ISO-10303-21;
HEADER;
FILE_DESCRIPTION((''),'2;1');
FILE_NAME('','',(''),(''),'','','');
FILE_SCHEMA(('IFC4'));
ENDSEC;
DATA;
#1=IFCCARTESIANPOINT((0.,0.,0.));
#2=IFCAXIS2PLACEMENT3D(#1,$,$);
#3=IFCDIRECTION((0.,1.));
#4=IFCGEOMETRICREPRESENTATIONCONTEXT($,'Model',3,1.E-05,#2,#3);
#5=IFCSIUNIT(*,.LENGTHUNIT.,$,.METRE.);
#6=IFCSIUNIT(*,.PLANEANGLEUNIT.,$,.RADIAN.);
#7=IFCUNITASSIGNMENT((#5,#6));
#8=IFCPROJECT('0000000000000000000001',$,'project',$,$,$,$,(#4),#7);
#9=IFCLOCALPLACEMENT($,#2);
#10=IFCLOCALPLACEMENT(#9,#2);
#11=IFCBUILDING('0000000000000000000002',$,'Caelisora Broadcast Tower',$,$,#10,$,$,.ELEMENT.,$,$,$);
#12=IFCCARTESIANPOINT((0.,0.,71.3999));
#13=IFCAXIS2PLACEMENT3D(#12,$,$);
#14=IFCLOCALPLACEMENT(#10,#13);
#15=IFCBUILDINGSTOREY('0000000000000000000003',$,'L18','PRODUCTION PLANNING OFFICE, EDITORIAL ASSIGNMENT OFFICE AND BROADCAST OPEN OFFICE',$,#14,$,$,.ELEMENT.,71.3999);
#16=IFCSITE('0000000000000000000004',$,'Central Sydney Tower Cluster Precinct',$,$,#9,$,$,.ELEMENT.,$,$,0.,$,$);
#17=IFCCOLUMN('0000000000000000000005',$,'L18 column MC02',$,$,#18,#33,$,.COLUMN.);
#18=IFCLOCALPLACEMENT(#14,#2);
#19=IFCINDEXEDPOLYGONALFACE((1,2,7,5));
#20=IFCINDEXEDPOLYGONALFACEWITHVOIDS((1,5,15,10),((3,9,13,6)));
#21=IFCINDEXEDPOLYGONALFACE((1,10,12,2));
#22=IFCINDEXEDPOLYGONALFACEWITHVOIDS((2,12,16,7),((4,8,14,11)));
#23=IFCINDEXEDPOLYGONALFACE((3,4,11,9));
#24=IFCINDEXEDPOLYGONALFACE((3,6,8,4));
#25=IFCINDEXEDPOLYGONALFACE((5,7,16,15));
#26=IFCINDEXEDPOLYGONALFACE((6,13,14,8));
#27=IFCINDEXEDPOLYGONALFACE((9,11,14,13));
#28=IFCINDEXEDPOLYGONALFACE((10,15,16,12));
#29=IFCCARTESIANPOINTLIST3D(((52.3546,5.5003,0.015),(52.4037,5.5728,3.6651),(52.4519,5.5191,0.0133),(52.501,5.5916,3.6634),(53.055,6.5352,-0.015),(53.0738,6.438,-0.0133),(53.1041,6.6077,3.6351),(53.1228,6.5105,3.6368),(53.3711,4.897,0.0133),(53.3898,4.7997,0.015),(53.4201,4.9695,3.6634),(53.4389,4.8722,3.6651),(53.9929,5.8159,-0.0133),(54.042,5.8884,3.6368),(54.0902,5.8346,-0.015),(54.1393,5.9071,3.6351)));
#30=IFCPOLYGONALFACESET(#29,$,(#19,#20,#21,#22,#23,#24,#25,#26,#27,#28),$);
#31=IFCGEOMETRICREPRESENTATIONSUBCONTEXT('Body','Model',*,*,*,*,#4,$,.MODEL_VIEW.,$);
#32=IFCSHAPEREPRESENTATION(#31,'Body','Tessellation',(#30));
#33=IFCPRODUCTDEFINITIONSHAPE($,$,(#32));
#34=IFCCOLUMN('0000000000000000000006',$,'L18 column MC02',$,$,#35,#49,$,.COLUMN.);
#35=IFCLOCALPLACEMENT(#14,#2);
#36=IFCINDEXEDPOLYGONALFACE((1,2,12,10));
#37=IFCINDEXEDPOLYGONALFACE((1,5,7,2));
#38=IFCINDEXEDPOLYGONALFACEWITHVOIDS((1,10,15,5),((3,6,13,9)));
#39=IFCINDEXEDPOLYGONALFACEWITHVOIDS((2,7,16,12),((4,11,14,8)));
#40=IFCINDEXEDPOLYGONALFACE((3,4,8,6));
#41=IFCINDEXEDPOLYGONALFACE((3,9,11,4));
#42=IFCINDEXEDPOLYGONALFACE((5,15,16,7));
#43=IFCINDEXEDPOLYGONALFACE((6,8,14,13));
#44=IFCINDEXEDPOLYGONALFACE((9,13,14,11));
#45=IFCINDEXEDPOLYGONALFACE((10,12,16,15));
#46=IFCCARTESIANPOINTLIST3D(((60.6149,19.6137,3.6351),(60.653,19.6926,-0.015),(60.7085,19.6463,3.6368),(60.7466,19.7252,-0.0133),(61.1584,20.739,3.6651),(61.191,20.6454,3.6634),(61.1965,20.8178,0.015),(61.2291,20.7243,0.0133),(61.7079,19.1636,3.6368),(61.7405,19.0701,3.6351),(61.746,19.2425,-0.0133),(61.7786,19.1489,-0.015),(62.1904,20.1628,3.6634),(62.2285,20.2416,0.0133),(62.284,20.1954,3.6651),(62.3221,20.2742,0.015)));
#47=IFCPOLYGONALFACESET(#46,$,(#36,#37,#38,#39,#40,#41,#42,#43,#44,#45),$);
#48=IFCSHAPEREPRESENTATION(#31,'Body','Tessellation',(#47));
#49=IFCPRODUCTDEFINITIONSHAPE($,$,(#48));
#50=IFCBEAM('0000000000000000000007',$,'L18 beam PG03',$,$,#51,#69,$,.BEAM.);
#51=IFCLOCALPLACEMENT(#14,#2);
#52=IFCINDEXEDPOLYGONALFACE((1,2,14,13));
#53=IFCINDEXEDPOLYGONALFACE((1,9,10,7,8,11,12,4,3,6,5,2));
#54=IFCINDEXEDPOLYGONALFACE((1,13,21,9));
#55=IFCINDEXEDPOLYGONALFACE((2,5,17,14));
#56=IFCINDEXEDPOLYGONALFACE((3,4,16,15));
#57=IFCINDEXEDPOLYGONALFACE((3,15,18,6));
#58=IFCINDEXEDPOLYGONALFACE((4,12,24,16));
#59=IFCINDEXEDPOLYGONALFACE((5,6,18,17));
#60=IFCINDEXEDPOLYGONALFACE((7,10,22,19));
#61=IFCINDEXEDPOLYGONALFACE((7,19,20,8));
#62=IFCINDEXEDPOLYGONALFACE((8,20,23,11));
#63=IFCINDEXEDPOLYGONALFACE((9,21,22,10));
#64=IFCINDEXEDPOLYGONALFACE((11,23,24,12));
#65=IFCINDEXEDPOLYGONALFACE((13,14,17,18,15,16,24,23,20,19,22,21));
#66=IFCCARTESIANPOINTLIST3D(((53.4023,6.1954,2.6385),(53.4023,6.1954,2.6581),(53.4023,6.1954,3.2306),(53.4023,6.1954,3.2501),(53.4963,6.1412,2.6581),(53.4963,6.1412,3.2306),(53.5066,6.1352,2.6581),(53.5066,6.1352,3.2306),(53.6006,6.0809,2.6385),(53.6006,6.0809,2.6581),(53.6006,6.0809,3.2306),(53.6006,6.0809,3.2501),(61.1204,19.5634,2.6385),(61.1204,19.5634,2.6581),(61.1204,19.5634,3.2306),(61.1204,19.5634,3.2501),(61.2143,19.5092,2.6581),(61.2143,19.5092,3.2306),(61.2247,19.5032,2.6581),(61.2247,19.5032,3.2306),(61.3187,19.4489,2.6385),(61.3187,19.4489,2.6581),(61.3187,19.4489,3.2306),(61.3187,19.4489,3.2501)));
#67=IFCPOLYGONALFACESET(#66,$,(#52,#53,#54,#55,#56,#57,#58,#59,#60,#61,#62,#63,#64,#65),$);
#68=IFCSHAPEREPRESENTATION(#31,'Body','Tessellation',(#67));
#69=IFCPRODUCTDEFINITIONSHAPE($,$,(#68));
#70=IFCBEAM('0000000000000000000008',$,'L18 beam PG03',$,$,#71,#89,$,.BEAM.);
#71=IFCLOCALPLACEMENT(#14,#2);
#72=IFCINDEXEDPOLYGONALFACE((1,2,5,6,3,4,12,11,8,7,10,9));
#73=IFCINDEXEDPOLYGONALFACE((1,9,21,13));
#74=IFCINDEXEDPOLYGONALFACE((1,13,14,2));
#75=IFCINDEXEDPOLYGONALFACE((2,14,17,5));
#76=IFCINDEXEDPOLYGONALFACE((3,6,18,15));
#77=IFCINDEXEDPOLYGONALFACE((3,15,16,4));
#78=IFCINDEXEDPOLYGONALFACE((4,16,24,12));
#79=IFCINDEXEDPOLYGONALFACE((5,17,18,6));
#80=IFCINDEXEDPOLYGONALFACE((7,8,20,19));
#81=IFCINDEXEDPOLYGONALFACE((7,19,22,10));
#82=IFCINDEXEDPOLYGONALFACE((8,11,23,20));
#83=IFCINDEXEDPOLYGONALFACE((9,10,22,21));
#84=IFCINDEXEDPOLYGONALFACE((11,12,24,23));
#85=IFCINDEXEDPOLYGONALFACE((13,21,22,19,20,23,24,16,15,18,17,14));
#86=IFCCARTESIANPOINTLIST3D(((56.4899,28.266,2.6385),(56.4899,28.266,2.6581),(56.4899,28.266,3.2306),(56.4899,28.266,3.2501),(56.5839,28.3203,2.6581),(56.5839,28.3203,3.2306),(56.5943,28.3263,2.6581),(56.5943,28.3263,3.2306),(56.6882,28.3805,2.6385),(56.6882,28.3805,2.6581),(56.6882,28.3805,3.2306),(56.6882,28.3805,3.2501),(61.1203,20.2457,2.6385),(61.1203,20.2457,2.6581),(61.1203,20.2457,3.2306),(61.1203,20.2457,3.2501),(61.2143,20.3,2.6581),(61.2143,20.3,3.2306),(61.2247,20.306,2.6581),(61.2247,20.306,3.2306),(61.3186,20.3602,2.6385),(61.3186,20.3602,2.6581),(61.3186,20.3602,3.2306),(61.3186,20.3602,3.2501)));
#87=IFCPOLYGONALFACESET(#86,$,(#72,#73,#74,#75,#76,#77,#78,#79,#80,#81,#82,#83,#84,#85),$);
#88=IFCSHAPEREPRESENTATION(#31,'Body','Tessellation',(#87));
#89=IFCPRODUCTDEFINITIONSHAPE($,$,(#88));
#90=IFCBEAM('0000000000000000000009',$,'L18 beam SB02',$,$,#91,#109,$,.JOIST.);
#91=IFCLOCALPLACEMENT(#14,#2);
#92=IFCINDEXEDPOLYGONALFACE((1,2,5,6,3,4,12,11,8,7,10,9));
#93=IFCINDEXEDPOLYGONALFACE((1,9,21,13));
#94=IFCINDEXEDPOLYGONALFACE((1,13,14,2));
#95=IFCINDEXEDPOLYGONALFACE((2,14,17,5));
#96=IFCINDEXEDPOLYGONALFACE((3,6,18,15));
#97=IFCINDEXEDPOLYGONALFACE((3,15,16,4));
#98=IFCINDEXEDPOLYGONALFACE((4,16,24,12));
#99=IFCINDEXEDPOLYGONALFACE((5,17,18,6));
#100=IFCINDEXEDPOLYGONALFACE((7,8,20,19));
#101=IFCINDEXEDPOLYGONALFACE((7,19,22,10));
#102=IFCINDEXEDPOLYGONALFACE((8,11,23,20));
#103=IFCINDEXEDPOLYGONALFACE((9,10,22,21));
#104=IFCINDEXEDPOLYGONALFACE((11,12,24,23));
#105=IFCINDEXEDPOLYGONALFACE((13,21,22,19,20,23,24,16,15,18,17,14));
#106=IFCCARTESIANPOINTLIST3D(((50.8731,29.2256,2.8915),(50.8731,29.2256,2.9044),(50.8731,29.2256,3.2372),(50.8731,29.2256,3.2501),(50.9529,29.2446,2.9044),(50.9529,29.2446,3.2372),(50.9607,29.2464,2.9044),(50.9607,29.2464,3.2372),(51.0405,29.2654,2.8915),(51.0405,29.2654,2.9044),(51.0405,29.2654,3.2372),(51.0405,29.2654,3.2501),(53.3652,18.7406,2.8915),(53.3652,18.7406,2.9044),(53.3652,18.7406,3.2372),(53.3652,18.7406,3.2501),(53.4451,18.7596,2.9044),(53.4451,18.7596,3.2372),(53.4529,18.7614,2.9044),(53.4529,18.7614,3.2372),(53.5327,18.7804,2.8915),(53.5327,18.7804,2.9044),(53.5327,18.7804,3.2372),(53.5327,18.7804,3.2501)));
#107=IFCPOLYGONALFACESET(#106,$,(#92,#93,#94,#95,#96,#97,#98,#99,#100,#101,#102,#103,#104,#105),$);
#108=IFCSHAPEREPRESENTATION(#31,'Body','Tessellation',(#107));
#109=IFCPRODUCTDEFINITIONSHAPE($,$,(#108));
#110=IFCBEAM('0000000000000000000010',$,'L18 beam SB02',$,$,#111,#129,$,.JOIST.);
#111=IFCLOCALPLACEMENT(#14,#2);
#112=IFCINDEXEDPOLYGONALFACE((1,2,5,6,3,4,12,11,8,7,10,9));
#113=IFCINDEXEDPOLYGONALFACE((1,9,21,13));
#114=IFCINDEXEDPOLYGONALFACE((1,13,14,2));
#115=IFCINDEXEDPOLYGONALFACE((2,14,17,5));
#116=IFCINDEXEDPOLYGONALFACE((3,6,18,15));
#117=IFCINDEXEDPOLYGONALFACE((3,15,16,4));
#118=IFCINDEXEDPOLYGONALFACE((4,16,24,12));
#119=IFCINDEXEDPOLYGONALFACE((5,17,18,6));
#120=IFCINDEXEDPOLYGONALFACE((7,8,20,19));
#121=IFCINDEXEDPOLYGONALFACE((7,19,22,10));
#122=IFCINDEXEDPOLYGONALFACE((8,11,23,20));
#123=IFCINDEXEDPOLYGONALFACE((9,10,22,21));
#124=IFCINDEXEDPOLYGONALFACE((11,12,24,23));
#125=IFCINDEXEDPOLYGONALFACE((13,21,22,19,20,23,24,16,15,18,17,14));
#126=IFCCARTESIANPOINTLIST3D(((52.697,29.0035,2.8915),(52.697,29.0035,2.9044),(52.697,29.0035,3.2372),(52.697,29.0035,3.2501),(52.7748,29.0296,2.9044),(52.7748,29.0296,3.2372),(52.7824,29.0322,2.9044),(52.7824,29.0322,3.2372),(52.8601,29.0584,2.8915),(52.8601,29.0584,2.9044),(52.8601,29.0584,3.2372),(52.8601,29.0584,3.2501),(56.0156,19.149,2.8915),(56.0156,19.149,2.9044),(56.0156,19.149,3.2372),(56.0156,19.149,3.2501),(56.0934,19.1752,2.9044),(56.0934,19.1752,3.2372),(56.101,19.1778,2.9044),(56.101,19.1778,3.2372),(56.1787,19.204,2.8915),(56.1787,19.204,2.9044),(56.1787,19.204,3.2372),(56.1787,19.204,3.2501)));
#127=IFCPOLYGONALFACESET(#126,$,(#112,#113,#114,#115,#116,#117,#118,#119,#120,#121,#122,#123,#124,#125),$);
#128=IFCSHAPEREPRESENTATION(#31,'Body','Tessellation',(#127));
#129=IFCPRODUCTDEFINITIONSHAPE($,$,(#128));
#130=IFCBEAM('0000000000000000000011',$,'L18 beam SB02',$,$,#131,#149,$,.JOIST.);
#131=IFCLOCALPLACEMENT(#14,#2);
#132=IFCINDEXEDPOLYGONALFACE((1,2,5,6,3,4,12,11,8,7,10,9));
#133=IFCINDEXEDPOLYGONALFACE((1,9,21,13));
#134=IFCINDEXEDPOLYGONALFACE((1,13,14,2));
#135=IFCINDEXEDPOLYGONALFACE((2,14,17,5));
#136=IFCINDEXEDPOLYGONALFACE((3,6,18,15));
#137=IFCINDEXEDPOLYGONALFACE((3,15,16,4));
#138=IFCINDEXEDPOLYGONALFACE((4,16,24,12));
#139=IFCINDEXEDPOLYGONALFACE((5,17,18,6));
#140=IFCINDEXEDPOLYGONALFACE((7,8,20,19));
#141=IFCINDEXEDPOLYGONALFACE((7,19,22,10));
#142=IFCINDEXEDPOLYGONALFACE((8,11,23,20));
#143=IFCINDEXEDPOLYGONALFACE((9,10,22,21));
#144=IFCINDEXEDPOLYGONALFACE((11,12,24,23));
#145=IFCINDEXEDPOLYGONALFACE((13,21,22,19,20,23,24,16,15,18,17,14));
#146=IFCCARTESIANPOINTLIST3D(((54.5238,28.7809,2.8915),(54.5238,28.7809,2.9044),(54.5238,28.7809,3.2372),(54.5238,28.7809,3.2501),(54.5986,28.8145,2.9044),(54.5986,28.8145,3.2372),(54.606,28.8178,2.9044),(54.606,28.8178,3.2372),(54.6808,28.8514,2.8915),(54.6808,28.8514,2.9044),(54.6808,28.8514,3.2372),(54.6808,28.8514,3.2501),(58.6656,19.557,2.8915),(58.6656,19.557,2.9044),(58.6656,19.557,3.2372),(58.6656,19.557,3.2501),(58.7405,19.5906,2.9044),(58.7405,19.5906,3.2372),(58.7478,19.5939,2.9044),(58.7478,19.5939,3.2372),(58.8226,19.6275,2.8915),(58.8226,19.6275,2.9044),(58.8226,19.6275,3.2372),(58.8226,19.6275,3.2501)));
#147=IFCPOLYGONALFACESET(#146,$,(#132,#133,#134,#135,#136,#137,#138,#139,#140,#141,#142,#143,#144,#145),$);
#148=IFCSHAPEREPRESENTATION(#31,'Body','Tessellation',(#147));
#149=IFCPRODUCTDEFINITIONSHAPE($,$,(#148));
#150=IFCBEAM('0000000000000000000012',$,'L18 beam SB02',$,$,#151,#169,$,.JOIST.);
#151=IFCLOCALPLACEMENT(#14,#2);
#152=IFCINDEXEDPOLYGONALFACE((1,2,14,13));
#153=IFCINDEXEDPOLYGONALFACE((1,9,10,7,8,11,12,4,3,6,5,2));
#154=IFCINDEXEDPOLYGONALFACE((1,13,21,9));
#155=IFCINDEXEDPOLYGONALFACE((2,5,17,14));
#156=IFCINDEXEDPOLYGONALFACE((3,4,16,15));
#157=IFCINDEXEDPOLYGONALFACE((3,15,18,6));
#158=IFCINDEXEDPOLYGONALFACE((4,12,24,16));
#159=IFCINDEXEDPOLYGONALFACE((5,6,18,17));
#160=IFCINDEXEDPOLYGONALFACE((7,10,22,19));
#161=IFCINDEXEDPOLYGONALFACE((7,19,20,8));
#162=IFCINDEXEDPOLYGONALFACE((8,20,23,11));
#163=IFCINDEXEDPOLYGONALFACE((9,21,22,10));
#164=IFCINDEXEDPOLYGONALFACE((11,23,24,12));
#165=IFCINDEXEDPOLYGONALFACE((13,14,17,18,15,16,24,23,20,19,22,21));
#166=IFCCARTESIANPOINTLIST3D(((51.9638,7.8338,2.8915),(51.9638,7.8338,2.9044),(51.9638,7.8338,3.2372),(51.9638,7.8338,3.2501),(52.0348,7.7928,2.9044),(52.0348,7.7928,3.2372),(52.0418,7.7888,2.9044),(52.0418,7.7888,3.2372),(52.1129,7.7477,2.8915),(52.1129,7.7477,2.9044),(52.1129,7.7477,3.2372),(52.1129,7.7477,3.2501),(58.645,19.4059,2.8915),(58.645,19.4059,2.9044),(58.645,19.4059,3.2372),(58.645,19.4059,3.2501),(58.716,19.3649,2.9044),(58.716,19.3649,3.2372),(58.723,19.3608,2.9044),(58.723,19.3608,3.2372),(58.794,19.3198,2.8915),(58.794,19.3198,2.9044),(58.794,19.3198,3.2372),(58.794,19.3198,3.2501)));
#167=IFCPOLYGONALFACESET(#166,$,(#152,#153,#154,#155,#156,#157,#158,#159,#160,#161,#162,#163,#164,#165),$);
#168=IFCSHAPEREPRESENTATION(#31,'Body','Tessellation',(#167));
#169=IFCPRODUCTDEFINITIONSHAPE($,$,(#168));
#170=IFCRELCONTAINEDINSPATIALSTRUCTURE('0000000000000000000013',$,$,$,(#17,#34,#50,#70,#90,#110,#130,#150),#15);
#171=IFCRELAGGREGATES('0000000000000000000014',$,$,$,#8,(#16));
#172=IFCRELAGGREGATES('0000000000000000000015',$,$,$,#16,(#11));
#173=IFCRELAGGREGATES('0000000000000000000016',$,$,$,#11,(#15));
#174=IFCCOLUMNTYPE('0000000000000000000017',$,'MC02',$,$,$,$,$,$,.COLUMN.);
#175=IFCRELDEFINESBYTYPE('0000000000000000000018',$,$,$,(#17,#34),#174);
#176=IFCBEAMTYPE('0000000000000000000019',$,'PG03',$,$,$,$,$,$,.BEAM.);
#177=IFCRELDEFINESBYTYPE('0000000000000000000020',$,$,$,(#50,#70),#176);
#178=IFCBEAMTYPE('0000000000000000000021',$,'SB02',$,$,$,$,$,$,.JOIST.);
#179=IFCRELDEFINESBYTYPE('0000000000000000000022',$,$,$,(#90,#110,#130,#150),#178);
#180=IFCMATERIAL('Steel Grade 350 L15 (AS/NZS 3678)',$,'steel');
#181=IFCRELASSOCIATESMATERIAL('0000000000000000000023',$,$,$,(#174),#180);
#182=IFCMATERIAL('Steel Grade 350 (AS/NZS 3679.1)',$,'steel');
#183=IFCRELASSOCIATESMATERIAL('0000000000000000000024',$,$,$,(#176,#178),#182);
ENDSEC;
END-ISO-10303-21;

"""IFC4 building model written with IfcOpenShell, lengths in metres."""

from ifc_helpers import new_model, si_unit, direction, frame, origin, origin_2d, place, context, subcontext, project, spatial, hollow_rectangle, i_section, extrude, source, transform, mapped, material, material_profile, profile_set, type_object, type_shapes, element, save


model = new_model("IFC4")

# Units and contexts
model_context = context("Model", 3, precision=1e-05, world=origin(), true_north=direction((0.0, 1.0)))
body_context = subcontext(model_context, "Body", "Model", "MODEL_VIEW")
ifc_project = project(units=[si_unit("LENGTHUNIT", "METRE"), si_unit("PLANEANGLEUNIT", "RADIAN")], contexts=[model_context])

# Site, building, storey
site_placement = place(None, origin())
site = spatial("IfcSite", under=ifc_project, at=site_placement, Name="Central Sydney Tower Cluster Precinct", CompositionType="ELEMENT", RefElevation=0.0)
building_placement = place(site_placement, origin())
building = spatial("IfcBuilding", under=site, at=building_placement, Name="Caelisora Broadcast Tower", CompositionType="ELEMENT")
storey_placement = place(building_placement, frame((0.0, 0.0, 71.3999)))
storey = spatial("IfcBuildingStorey", under=building, at=storey_placement, Name="L18", Description="PRODUCTION PLANNING OFFICE, EDITORIAL ASSIGNMENT OFFICE AND BROADCAST OPEN OFFICE", CompositionType="ELEMENT", Elevation=71.3999)

# Columns
ifc_material_1 = material(Name="Steel Grade 350 L15 (AS/NZS 3678)", Category="steel")
ifc_material_profile_1 = material_profile(ifc_material_1, hollow_rectangle(XDim=1.25, YDim=1.25, WallThickness=0.0701, at=origin_2d()), Name="Steel Grade 350 L15 (AS/NZS 3678)")
ifc_profile_set_1 = profile_set([ifc_material_profile_1], Name="Steel Grade 350 L15 (AS/NZS 3678)")
column_type = type_object("IfcColumnType", Name="MC02", PredefinedType="COLUMN", material=ifc_profile_set_1)
shared_shape_1 = source(origin(), body_context, "Body", "SweptSolid", [
    extrude(hollow_rectangle(XDim=1.25, YDim=1.25, WallThickness=0.0701, at=origin_2d()), origin(), (0.0, 0.0, 1.0), 3.6511),
])
type_shapes(column_type, [shared_shape_1])
for number, where, z_axis, x_axis, name in (
    (1, (53.2224, 5.6675, 0.0), (0.01344, 0.019859, 0.999712), (-0.828169, 0.560478, 0.0), "L18 column MC02"),
    (2, (61.4875, 19.9834, 0.0), (-0.010431, -0.021598, 0.999712), (0.900476, -0.434905, 0.0), "L18 column MC02"),
):
    element("IfcColumn", number, at=place(storey_placement, frame(where, z_axis=z_axis, x_axis=x_axis)), inside=storey, type_object=column_type, Name=name, PredefinedType="COLUMN", context=body_context, shape_type="MappedRepresentation", body=[
        mapped(shared_shape_1, transform((0.0, 0.0, 0.0), scale=1.0)),
    ])

# Beams
ifc_material_2 = material(Name="Steel Grade 350 (AS/NZS 3679.1)", Category="steel")
ifc_material_profile_2 = material_profile(ifc_material_2, i_section(OverallWidth=0.229, OverallDepth=0.6116, WebThickness=0.012, FlangeThickness=0.0195, at=origin_2d()), Name="Steel Grade 350 (AS/NZS 3679.1)")
ifc_profile_set_2 = profile_set([ifc_material_profile_2], Name="Steel Grade 350 (AS/NZS 3679.1)")
beam_type_1 = type_object("IfcBeamType", Name="PG03", PredefinedType="BEAM", material=ifc_profile_set_2)
shared_shape_2 = source(origin(), body_context, "Body", "SweptSolid", [
    extrude(i_section(OverallWidth=0.229, OverallDepth=0.6116, WebThickness=0.012, FlangeThickness=0.0195, at=origin_2d()), origin(), (0.0, 0.0, 1.0), 15.436),
])
beam_1_placement = place(storey_placement, frame((53.5015, 6.1382, 2.9443), z_axis=(0.500002, 0.866024, 0.0), x_axis=(-0.866024, 0.500002, 0.0)))
element("IfcBeam", 3, at=beam_1_placement, inside=storey, type_object=beam_type_1, Name="L18 beam PG03", PredefinedType="BEAM", context=body_context, shape_type="MappedRepresentation", body=[
    mapped(shared_shape_2, transform((0.0, 0.0, 0.0), scale=1.0)),
])
shared_shape_3 = source(origin(), body_context, "Body", "SweptSolid", [
    extrude(i_section(OverallWidth=0.229, OverallDepth=0.6116, WebThickness=0.012, FlangeThickness=0.0195, at=origin_2d()), origin(), (0.0, 0.0, 1.0), 9.261),
])
type_shapes(beam_type_1, [shared_shape_2, shared_shape_3])
beam_2_placement = place(storey_placement, frame((61.2195, 20.303, 2.9443), z_axis=(-0.499989, 0.866031, 0.0), x_axis=(-0.866031, -0.499989, 0.0)))
element("IfcBeam", 4, at=beam_2_placement, inside=storey, type_object=beam_type_1, Name="L18 beam PG03", PredefinedType="BEAM", context=body_context, shape_type="MappedRepresentation", body=[
    mapped(shared_shape_3, transform((0.0, 0.0, 0.0), scale=1.0)),
])
ifc_material_profile_3 = material_profile(ifc_material_2, i_section(OverallWidth=0.1721, OverallDepth=0.3586, WebThickness=0.0081, FlangeThickness=0.0129, at=origin_2d()), Name="Steel Grade 350 (AS/NZS 3679.1)")
ifc_profile_set_3 = profile_set([ifc_material_profile_3], Name="Steel Grade 350 (AS/NZS 3679.1)")
beam_type_2 = type_object("IfcBeamType", Name="SB02", PredefinedType="JOIST", material=ifc_profile_set_3)
shared_shape_4 = source(origin(), body_context, "Body", "SweptSolid", [
    extrude(i_section(OverallWidth=0.1721, OverallDepth=0.3586, WebThickness=0.0081, FlangeThickness=0.0129, at=origin_2d()), origin(), (0.0, 0.0, 1.0), 10.7771),
])
beam_3_placement = place(storey_placement, frame((53.449, 18.7605, 3.0708), z_axis=(-0.231246, 0.972895, 0.0), x_axis=(-0.972895, -0.231246, 0.0)))
element("IfcBeam", 5, at=beam_3_placement, inside=storey, type_object=beam_type_2, Name="L18 beam SB02", PredefinedType="JOIST", context=body_context, shape_type="MappedRepresentation", body=[
    mapped(shared_shape_4, transform((0.0, 0.0, 0.0), scale=1.0)),
])
shared_shape_5 = source(origin(), body_context, "Body", "SweptSolid", [
    extrude(i_section(OverallWidth=0.1721, OverallDepth=0.3586, WebThickness=0.0081, FlangeThickness=0.0129, at=origin_2d()), origin(), (0.0, 0.0, 1.0), 10.3982),
])
beam_4_placement = place(storey_placement, frame((56.0972, 19.1765, 3.0708), z_axis=(-0.319149, 0.947704, 0.0), x_axis=(-0.947704, -0.319149, 0.0)))
element("IfcBeam", 6, at=beam_4_placement, inside=storey, type_object=beam_type_2, Name="L18 beam SB02", PredefinedType="JOIST", context=body_context, shape_type="MappedRepresentation", body=[
    mapped(shared_shape_5, transform((0.0, 0.0, 0.0), scale=1.0)),
])
shared_shape_6 = source(origin(), body_context, "Body", "SweptSolid", [
    extrude(i_section(OverallWidth=0.1721, OverallDepth=0.3586, WebThickness=0.0081, FlangeThickness=0.0129, at=origin_2d()), origin(), (0.0, 0.0, 1.0), 10.1111),
])
beam_5_placement = place(storey_placement, frame((58.7441, 19.5923, 3.0708), z_axis=(-0.409633, 0.912251, 0.0), x_axis=(-0.912251, -0.409633, 0.0)))
element("IfcBeam", 7, at=beam_5_placement, inside=storey, type_object=beam_type_2, Name="L18 beam SB02", PredefinedType="JOIST", context=body_context, shape_type="MappedRepresentation", body=[
    mapped(shared_shape_6, transform((0.0, 0.0, 0.0), scale=1.0)),
])
shared_shape_7 = source(origin(), body_context, "Body", "SweptSolid", [
    extrude(i_section(OverallWidth=0.1721, OverallDepth=0.3586, WebThickness=0.0081, FlangeThickness=0.0129, at=origin_2d()), origin(), (0.0, 0.0, 1.0), 13.3623),
])
type_shapes(beam_type_2, [shared_shape_4, shared_shape_5, shared_shape_6, shared_shape_7])
beam_6_placement = place(storey_placement, frame((52.0383, 7.7908, 3.0708), z_axis=(0.500002, 0.866024, 0.0), x_axis=(-0.866024, 0.500002, 0.0)))
element("IfcBeam", 8, at=beam_6_placement, inside=storey, type_object=beam_type_2, Name="L18 beam SB02", PredefinedType="JOIST", context=body_context, shape_type="MappedRepresentation", body=[
    mapped(shared_shape_7, transform((0.0, 0.0, 0.0), scale=1.0)),
])

save(model, "model.ifc")
